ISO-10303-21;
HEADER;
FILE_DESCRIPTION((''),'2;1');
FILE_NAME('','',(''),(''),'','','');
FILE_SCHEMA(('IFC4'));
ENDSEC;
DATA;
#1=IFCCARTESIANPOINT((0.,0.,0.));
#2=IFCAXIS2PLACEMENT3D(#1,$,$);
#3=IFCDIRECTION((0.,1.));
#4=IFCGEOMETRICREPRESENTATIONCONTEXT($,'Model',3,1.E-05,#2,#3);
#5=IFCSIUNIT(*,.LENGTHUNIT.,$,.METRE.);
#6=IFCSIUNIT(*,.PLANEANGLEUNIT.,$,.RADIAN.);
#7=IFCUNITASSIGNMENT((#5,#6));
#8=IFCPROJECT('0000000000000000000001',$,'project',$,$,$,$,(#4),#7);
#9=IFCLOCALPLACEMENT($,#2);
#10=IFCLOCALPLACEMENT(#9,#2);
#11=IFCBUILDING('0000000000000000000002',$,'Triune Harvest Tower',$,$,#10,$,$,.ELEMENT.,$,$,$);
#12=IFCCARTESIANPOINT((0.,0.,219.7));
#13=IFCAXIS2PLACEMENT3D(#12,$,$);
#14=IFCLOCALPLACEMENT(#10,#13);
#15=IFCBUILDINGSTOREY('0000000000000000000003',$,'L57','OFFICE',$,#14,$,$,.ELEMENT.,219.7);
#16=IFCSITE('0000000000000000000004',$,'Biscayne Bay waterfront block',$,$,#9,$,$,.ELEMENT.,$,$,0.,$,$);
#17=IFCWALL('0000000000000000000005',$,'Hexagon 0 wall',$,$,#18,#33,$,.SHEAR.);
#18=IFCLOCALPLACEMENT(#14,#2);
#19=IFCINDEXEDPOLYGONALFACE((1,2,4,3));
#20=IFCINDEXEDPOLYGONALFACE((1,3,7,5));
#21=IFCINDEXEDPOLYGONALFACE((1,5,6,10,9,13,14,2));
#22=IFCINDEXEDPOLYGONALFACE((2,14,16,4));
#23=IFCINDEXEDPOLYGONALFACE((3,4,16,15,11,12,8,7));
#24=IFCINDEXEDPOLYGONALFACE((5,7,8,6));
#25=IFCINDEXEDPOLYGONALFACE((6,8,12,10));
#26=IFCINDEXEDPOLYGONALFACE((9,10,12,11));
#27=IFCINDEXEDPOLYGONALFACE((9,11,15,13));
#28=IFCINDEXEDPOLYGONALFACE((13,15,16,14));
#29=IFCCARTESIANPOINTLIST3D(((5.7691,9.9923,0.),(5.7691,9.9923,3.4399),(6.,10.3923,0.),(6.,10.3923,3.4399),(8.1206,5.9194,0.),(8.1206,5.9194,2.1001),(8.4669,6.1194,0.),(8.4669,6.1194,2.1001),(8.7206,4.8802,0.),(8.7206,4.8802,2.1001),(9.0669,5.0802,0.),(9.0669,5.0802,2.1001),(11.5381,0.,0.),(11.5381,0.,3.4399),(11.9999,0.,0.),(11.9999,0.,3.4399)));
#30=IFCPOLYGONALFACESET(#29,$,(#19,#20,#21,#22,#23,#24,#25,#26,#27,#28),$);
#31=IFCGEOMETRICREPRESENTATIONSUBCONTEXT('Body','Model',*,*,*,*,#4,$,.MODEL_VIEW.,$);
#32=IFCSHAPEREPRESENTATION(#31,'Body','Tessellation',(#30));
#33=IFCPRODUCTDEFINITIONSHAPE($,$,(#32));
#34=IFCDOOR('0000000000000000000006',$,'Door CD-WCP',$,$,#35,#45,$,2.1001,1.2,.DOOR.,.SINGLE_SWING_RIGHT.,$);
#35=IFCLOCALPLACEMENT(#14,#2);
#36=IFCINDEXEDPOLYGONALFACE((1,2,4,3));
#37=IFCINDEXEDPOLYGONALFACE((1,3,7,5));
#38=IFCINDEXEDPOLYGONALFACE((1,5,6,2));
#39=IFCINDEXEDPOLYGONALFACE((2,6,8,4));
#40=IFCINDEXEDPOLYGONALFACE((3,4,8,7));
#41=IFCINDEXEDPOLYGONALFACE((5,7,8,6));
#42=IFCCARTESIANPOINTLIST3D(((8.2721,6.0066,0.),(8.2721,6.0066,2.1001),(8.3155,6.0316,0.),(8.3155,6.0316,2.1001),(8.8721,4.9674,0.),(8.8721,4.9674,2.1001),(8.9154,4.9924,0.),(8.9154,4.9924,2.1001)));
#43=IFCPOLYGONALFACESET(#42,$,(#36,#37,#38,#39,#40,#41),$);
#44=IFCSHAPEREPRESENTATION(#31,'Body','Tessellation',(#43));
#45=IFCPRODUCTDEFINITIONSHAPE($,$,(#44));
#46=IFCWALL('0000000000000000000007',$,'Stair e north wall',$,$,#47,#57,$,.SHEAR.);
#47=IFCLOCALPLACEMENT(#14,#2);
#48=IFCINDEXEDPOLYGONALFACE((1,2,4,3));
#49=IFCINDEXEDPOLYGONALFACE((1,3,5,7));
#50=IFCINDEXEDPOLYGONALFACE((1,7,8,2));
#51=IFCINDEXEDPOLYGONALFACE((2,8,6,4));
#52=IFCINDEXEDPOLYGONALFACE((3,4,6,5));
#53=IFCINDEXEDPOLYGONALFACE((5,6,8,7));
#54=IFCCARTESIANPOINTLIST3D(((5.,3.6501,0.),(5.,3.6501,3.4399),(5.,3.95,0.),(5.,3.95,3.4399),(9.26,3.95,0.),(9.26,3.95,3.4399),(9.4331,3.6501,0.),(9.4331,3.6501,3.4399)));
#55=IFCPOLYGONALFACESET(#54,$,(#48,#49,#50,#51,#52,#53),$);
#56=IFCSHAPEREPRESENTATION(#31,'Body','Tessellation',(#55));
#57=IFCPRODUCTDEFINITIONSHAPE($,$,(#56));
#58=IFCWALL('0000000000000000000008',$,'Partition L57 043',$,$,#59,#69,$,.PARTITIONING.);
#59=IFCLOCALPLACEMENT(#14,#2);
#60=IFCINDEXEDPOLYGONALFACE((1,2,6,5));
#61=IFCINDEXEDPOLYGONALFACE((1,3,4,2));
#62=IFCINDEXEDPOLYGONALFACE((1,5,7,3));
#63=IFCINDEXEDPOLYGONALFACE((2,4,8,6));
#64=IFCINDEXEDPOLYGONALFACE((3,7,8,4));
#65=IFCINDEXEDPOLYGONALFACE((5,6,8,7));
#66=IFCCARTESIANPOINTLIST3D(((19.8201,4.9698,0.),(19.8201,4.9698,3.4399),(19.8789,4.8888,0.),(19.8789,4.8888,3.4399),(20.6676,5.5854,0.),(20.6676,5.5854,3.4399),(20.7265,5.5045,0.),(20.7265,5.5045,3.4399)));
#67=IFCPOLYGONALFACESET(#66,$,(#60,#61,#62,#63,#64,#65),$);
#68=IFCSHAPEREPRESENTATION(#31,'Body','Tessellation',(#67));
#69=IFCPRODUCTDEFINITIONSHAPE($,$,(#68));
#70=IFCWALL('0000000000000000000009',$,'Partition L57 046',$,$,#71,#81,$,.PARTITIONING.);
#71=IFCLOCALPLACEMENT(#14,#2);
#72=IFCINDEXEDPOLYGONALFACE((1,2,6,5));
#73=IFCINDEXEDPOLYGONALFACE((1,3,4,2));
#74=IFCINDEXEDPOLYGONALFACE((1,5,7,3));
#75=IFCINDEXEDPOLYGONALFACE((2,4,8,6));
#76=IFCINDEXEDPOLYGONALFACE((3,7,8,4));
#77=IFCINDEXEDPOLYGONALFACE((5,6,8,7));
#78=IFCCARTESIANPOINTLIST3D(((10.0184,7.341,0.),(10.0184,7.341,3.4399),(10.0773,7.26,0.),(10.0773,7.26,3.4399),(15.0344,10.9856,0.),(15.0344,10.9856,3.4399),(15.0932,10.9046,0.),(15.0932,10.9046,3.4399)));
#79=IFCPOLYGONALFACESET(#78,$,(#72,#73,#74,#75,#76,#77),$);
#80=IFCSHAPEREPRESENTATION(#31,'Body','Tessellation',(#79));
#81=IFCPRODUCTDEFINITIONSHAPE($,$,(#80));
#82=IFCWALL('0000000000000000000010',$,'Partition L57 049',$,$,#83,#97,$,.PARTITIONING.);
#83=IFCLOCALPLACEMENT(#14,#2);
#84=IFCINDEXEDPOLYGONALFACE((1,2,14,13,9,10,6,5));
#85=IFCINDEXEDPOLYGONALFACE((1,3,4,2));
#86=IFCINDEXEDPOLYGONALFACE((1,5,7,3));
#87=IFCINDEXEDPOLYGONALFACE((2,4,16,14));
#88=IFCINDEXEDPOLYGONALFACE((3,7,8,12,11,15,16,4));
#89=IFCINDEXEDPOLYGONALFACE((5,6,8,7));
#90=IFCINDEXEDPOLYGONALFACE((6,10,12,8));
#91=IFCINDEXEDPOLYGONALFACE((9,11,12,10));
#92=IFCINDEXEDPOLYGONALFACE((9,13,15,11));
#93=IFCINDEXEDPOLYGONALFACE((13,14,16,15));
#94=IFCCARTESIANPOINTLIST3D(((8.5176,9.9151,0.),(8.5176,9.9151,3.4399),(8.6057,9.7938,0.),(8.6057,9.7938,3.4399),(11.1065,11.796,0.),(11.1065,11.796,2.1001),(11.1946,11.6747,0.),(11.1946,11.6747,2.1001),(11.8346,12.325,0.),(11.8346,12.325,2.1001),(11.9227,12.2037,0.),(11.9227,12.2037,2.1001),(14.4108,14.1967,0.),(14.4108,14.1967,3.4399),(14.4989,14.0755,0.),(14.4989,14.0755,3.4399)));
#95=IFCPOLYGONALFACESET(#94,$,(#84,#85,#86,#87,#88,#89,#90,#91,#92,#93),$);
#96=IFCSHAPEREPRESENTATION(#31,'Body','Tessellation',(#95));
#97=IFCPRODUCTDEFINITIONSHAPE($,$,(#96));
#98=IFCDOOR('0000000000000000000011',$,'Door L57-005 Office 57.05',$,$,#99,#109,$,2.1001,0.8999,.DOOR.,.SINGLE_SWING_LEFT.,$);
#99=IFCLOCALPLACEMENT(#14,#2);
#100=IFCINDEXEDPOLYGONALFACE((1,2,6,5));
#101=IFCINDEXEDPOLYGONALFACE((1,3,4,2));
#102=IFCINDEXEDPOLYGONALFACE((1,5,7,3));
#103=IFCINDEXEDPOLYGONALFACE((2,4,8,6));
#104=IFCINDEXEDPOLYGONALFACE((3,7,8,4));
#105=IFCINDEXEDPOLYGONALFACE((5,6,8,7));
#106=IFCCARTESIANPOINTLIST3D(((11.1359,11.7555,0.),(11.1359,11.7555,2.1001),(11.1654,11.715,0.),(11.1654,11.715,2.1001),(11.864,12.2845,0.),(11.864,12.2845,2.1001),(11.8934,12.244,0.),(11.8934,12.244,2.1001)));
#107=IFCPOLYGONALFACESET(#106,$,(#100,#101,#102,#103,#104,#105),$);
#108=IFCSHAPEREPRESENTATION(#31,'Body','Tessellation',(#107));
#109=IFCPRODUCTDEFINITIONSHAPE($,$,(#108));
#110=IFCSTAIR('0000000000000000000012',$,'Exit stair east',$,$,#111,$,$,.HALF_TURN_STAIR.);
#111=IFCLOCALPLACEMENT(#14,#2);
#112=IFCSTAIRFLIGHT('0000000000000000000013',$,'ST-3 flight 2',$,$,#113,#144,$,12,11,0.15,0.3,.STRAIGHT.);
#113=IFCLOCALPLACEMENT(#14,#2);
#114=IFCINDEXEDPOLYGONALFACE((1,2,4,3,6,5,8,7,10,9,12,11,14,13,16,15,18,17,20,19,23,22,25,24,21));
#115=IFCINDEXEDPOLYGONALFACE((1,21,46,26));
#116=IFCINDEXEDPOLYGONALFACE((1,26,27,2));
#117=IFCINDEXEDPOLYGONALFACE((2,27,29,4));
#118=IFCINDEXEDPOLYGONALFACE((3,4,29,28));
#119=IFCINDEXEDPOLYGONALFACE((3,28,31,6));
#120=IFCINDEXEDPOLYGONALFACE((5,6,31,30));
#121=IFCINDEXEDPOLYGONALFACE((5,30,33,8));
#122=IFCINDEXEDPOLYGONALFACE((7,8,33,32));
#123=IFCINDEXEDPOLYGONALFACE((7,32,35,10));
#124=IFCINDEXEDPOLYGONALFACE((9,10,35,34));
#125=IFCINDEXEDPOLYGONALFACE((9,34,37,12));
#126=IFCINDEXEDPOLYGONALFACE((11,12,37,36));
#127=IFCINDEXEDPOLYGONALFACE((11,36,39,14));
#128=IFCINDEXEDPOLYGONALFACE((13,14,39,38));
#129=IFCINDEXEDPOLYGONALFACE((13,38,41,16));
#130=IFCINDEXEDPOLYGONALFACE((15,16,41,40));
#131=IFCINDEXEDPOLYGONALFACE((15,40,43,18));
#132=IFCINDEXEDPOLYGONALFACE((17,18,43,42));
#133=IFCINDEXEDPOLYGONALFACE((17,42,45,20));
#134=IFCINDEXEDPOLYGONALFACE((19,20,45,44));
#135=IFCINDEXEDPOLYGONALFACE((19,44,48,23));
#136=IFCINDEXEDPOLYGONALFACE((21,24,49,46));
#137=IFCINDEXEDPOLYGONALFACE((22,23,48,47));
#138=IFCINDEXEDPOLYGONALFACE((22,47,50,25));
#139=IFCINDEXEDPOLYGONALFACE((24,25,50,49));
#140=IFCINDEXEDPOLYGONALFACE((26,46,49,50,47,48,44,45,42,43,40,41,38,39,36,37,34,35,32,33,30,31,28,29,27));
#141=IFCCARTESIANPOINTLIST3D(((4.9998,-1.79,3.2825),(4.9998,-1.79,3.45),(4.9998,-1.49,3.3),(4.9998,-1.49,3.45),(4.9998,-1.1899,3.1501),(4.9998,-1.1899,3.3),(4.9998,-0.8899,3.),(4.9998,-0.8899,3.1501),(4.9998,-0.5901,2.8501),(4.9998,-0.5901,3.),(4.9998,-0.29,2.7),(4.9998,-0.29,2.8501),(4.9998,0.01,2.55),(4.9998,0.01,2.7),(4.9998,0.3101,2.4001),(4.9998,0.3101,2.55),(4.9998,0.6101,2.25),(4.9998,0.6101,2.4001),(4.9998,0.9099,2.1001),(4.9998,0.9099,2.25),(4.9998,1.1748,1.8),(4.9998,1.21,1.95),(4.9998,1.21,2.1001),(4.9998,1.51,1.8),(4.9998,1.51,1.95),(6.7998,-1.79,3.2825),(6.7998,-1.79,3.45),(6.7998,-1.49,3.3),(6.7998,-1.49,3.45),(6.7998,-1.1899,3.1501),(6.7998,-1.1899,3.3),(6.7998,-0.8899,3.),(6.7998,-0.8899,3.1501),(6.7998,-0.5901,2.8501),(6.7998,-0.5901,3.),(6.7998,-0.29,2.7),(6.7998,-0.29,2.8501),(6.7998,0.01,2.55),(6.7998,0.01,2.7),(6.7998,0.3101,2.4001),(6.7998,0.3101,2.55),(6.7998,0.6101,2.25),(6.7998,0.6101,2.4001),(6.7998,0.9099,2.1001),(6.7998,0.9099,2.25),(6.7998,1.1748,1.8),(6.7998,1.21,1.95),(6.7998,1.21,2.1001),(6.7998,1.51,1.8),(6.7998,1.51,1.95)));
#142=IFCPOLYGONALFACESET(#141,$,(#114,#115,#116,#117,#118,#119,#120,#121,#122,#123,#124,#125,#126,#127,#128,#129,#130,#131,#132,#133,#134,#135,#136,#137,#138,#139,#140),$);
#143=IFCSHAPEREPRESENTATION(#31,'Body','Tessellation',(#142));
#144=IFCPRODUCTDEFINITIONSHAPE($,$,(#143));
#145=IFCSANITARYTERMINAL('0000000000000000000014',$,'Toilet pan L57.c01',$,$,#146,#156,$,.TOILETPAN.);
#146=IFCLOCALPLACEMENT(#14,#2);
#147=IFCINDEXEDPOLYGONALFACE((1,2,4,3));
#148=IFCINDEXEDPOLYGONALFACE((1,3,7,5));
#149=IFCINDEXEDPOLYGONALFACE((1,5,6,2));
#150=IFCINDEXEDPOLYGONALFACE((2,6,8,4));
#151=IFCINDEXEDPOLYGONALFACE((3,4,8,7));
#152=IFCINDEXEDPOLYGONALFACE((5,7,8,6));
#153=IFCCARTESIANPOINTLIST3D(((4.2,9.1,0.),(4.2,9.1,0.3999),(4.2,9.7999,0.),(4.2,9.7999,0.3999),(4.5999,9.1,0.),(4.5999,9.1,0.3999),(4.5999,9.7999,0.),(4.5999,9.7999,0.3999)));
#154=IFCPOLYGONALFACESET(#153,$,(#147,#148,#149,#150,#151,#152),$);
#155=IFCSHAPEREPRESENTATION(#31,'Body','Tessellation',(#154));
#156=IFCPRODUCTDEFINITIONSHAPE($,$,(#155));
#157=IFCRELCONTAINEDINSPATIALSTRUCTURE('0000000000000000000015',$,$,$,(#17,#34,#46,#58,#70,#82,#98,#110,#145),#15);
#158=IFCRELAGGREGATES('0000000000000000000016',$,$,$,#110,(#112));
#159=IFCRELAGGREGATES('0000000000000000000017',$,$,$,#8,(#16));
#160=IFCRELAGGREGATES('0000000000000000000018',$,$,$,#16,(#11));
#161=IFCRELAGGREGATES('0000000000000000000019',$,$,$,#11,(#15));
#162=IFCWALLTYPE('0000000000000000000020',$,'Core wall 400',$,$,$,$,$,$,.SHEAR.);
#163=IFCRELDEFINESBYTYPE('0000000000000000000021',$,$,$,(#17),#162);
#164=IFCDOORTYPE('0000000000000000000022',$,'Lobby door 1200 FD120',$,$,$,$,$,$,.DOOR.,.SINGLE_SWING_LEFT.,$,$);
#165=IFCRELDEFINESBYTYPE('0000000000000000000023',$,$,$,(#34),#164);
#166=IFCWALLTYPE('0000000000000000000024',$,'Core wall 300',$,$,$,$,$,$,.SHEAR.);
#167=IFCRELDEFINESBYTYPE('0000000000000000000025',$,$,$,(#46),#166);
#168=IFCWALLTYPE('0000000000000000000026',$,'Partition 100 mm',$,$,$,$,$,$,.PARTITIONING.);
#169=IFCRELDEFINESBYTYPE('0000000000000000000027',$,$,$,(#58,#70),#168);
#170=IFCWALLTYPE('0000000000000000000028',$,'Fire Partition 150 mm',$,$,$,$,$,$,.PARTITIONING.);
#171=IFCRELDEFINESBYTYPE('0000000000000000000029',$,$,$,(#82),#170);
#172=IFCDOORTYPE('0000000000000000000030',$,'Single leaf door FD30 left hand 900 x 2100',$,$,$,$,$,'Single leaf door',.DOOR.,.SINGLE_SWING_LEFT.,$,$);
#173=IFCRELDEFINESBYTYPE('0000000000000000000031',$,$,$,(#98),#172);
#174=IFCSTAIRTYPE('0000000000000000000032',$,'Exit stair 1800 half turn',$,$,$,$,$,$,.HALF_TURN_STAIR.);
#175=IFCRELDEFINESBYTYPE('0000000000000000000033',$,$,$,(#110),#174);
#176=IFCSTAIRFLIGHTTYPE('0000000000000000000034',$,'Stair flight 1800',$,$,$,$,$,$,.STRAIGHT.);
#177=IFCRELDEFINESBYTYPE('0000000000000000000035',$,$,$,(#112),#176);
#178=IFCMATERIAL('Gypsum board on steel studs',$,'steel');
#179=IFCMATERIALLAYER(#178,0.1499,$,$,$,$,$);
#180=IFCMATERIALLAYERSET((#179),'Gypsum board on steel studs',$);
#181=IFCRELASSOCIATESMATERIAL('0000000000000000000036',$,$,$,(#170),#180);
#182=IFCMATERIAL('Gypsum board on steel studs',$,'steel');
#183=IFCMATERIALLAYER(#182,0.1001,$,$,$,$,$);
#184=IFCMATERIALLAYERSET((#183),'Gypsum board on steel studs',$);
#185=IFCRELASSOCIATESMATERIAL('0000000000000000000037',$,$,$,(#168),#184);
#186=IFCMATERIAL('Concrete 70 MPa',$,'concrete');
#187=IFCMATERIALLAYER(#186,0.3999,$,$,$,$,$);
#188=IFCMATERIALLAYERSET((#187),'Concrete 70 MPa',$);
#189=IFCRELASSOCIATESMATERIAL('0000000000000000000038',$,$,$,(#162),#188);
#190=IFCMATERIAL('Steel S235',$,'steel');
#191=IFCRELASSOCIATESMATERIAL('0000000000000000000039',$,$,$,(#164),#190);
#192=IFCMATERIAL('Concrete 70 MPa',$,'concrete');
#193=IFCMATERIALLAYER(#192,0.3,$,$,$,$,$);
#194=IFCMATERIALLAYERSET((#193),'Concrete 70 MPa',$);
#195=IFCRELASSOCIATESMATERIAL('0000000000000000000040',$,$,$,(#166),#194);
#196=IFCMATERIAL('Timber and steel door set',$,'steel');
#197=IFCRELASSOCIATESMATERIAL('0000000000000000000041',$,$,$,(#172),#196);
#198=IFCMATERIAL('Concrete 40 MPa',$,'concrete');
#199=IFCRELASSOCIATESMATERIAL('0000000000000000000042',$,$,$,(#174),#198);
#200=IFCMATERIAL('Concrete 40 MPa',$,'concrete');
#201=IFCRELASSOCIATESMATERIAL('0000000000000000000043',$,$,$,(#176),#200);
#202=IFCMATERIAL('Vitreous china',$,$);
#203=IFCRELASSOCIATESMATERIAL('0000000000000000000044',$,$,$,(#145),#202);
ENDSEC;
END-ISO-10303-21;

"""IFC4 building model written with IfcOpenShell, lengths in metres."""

from ifc_helpers import new_model, si_unit, direction, frame, frame_2d, origin, origin_2d, place, context, subcontext, project, spatial, polyline, rectangle, outline, extrude, source, transform, mapped, material, layer, layer_set, type_object, element, fill, aggregate, save


model = new_model("IFC4")

# Units and contexts
model_context = context("Model", 3, precision=1e-05, world=origin(), true_north=direction((0.0, 1.0)))
body_context = subcontext(model_context, "Body", "Model", "MODEL_VIEW")
ifc_project = project(units=[si_unit("LENGTHUNIT", "METRE"), si_unit("PLANEANGLEUNIT", "RADIAN")], contexts=[model_context])

# Site, building, storey
site_placement = place(None, origin())
site = spatial("IfcSite", under=ifc_project, at=site_placement, Name="Biscayne Bay waterfront block", CompositionType="ELEMENT", RefElevation=0.0)
building_placement = place(site_placement, origin())
building = spatial("IfcBuilding", under=site, at=building_placement, Name="Triune Harvest Tower", CompositionType="ELEMENT")
storey_placement = place(building_placement, frame((0.0, 0.0, 219.7)))
storey = spatial("IfcBuildingStorey", under=building, at=storey_placement, Name="L57", Description="OFFICE", CompositionType="ELEMENT", Elevation=219.7)

# Shared definitions
ifc_material_1 = material(Name="Gypsum board on steel studs", Category="steel")
ifc_layer_1 = layer(ifc_material_1, 0.1499)
ifc_layer_set_1 = layer_set([ifc_layer_1], Name="Gypsum board on steel studs")
wall_type_1 = type_object("IfcWallType", Name="Fire Partition 150 mm", PredefinedType="PARTITIONING", material=ifc_layer_set_1)

# Shared definitions
ifc_material_2 = material(Name="Gypsum board on steel studs", Category="steel")
ifc_layer_2 = layer(ifc_material_2, 0.1001)
ifc_layer_set_2 = layer_set([ifc_layer_2], Name="Gypsum board on steel studs")
wall_type_2 = type_object("IfcWallType", Name="Partition 100 mm", PredefinedType="PARTITIONING", material=ifc_layer_set_2)

# Wall, opening, door
ifc_material_3 = material(Name="Concrete 70 MPa", Category="concrete")
ifc_layer_3 = layer(ifc_material_3, 0.3999)
ifc_layer_set_3 = layer_set([ifc_layer_3], Name="Concrete 70 MPa")
wall_type_3 = type_object("IfcWallType", Name="Core wall 400", PredefinedType="SHEAR", material=ifc_layer_set_3)
shared_shape_1 = source(origin(), body_context, "Body", "SweptSolid", [
    extrude(outline(polyline([(-0.1155, -0.2), (11.8845, -0.2), (11.6536, 0.2), (0.1155, 0.2), (-0.1155, -0.2)])), origin(), (0.0, 0.0, 1.0), 3.4399),
])
wall_1_placement = place(storey_placement, frame((11.769, 0.0, 0.0), z_axis=(0.0, 0.0, 1.0), x_axis=(-0.499997, 0.866027, 0.0)))
wall_1 = element("IfcWall", 1, at=wall_1_placement, inside=storey, type_object=wall_type_3, Name="Hexagon 0 wall", PredefinedType="SHEAR", context=body_context, shape_type="MappedRepresentation", body=[
    mapped(shared_shape_1, transform((0.0, 0.0, 0.0), scale=1.0)),
])
opening_1_placement = place(wall_1_placement, frame((5.7505, 0.0, 0.0)))
opening_1 = element("IfcOpeningElement", 2, at=opening_1_placement, cuts=wall_1, PredefinedType="OPENING", context=body_context, shape_type="SweptSolid", body=[
    extrude(rectangle(XDim=1.2, YDim=2.1001, at=frame_2d((0.6001, 1.05))), frame((0.0, 0.21, 0.0), z_axis=(0.0, -1.0, 0.0), x_axis=(1.0, 0.0, 0.0)), (0.0, 0.0, 1.0), 0.4199),
])
ifc_material_4 = material(Name="Steel S235", Category="steel")
door_type_1 = type_object("IfcDoorType", Name="Lobby door 1200 FD120", OperationType="SINGLE_SWING_LEFT", PredefinedType="DOOR", material=ifc_material_4)
door_1_placement = place(opening_1_placement, frame((1.2, 0.0, 0.0), z_axis=(0.0, 0.0, 1.0), x_axis=(-1.0, 0.0, 0.0)))
door_1 = element("IfcDoor", 3, at=door_1_placement, inside=storey, type_object=door_type_1, Name="Door CD-WCP", OperationType="SINGLE_SWING_RIGHT", OverallHeight=2.1001, OverallWidth=1.2, PredefinedType="DOOR", context=body_context, shape_type="SweptSolid", body=[
    extrude(rectangle(XDim=1.2, YDim=2.1001, at=frame_2d((0.6001, 1.05))), frame((0.0, 0.0249, 0.0), z_axis=(0.0, -1.0, 0.0), x_axis=(1.0, 0.0, 0.0)), (0.0, 0.0, 1.0), 0.05),
])
fill(opening_1, door_1)

# Walls
ifc_material_5 = material(Name="Concrete 70 MPa", Category="concrete")
ifc_layer_4 = layer(ifc_material_5, 0.3)
ifc_layer_set_4 = layer_set([ifc_layer_4], Name="Concrete 70 MPa")
wall_type_4 = type_object("IfcWallType", Name="Core wall 300", PredefinedType="SHEAR", material=ifc_layer_set_4)
shared_shape_2 = source(origin(), body_context, "Body", "SweptSolid", [
    extrude(outline(polyline([(0.0, -0.1499), (0.0, 0.1499), (4.26, 0.1499), (4.4331, -0.1499), (0.0, -0.1499)])), origin(), (0.0, 0.0, 1.0), 3.4399),
])
wall_2_placement = place(storey_placement, frame((5.0, 3.8, 0.0), z_axis=(0.0, 0.0, 1.0), x_axis=(1.0, 0.0, 0.0)))
element("IfcWall", 4, at=wall_2_placement, inside=storey, type_object=wall_type_4, Name="Stair e north wall", PredefinedType="SHEAR", context=body_context, shape_type="MappedRepresentation", body=[
    mapped(shared_shape_2, transform((0.0, 0.0, 0.0), scale=1.0)),
])
shared_shape_3 = source(origin(), body_context, "Body", "SweptSolid", [
    extrude(rectangle(XDim=1.0476, YDim=0.1001, at=frame_2d((0.5239, 0.0))), origin(), (0.0, 0.0, 1.0), 3.4399),
])
wall_3_placement = place(storey_placement, frame((19.8494, 4.9292, 0.0), z_axis=(0.0, 0.0, 1.0), x_axis=(0.809079, 0.587701, 0.0)))
element("IfcWall", 5, at=wall_3_placement, inside=storey, type_object=wall_type_2, Name="Partition L57 043", PredefinedType="PARTITIONING", context=body_context, shape_type="MappedRepresentation", body=[
    mapped(shared_shape_3, transform((0.0, 0.0, 0.0), scale=1.0)),
])
shared_shape_4 = source(origin(), body_context, "Body", "SweptSolid", [
    extrude(rectangle(XDim=6.2002, YDim=0.1001, at=frame_2d((3.1001, 0.0))), origin(), (0.0, 0.0, 1.0), 3.4399),
])
wall_4_placement = place(storey_placement, frame((10.0479, 7.3005, 0.0), z_axis=(0.0, 0.0, 1.0), x_axis=(0.808995, 0.587816, 0.0)))
element("IfcWall", 6, at=wall_4_placement, inside=storey, type_object=wall_type_2, Name="Partition L57 046", PredefinedType="PARTITIONING", context=body_context, shape_type="MappedRepresentation", body=[
    mapped(shared_shape_4, transform((0.0, 0.0, 0.0), scale=1.0)),
])

# Wall, opening, door
shared_shape_5 = source(origin(), body_context, "Body", "SweptSolid", [
    extrude(rectangle(XDim=7.2844, YDim=0.1499, at=frame_2d((3.6421, 0.0))), origin(), (0.0, 0.0, 1.0), 3.4399),
])
wall_5_placement = place(storey_placement, frame((8.5618, 9.8545, 0.0), z_axis=(0.0, 0.0, 1.0), x_axis=(0.809017, 0.587785, 0.0)))
wall_5 = element("IfcWall", 7, at=wall_5_placement, inside=storey, type_object=wall_type_1, Name="Partition L57 049", PredefinedType="PARTITIONING", context=body_context, shape_type="MappedRepresentation", body=[
    mapped(shared_shape_5, transform((0.0, 0.0, 0.0), scale=1.0)),
])
opening_2_placement = place(wall_5_placement, frame((3.2, 0.0, 0.0)))
opening_2 = element("IfcOpeningElement", 8, at=opening_2_placement, cuts=wall_5, PredefinedType="OPENING", context=body_context, shape_type="SweptSolid", body=[
    extrude(rectangle(XDim=0.8999, YDim=2.1001, at=frame_2d((0.45, 1.05))), frame((0.0, 0.085, 0.0), z_axis=(0.0, -1.0, 0.0), x_axis=(1.0, 0.0, 0.0)), (0.0, 0.0, 1.0), 0.1699),
])
ifc_material_6 = material(Name="Timber and steel door set", Category="steel")
door_type_2 = type_object("IfcDoorType", Name="Single leaf door FD30 left hand 900 x 2100", ElementType="Single leaf door", OperationType="SINGLE_SWING_LEFT", PredefinedType="DOOR", material=ifc_material_6)
door_2_placement = place(opening_2_placement, origin())
door_2 = element("IfcDoor", 9, at=door_2_placement, inside=storey, type_object=door_type_2, Name="Door L57-005 Office 57.05", OperationType="SINGLE_SWING_LEFT", OverallHeight=2.1001, OverallWidth=0.8999, PredefinedType="DOOR", context=body_context, shape_type="SweptSolid", body=[
    extrude(rectangle(XDim=0.8999, YDim=2.1001, at=frame_2d((0.45, 1.05))), frame((0.0, 0.0249, 0.0), z_axis=(0.0, -1.0, 0.0), x_axis=(1.0, 0.0, 0.0)), (0.0, 0.0, 1.0), 0.05),
])
fill(opening_2, door_2)

# Stair, stair flight
ifc_material_7 = material(Name="Concrete 40 MPa", Category="concrete")
stair_type = type_object("IfcStairType", Name="Exit stair 1800 half turn", PredefinedType="HALF_TURN_STAIR", material=ifc_material_7)
stair_placement = place(storey_placement, origin())
stair = element("IfcStair", 10, at=stair_placement, inside=storey, type_object=stair_type, Name="Exit stair east", PredefinedType="HALF_TURN_STAIR")
ifc_material_8 = material(Name="Concrete 40 MPa", Category="concrete")
stair_flight_type = type_object("IfcStairFlightType", Name="Stair flight 1800", PredefinedType="STRAIGHT", material=ifc_material_8)
shared_shape_6 = source(origin(), body_context, "Body", "SweptSolid", [
    extrude(outline(polyline([(0.0, 0.0), (0.0, 0.1499), (0.3, 0.1499), (0.3, 0.3), (0.6001, 0.3), (0.6001, 0.45), (0.8999, 0.45), (0.8999, 0.6001), (1.2, 0.6001), (1.2, 0.75), (1.5, 0.75), (1.5, 0.8999), (1.8, 0.8999), (1.8, 1.05), (2.1001, 1.05), (2.1001, 1.2), (2.3999, 1.2), (2.3999, 1.3501), (2.7, 1.3501), (2.7, 1.5), (3.0, 1.5), (3.0, 1.6499), (3.3, 1.6499), (3.3, 1.8), (3.3, 1.4824), (0.3352, 0.0), (0.0, 0.0)])), frame((0.0, 0.8999, 0.0), z_axis=(0.0, -1.0, 0.0), x_axis=(1.0, 0.0, 0.0)), (0.0, 0.0, 1.0), 1.8),
])
stair_flight_placement = place(storey_placement, frame((5.8999, 1.51, 1.8), z_axis=(0.0, 0.0, 1.0), x_axis=(0.0, -1.0, 0.0)))
stair_flight = element("IfcStairFlight", 11, at=stair_flight_placement, type_object=stair_flight_type, Name="ST-3 flight 2", NumberOfRisers=12, NumberOfTreads=11, PredefinedType="STRAIGHT", RiserHeight=0.15, TreadLength=0.3, context=body_context, shape_type="MappedRepresentation", body=[
    mapped(shared_shape_6, transform((0.0, 0.0, 0.0), scale=1.0)),
])
aggregate(stair, [stair_flight])

# Sanitary terminal
ifc_material_9 = material(Name="Vitreous china")
shared_shape_7 = source(origin(), body_context, "Body", "SweptSolid", [
    extrude(rectangle(XDim=0.3999, YDim=0.7, at=origin_2d()), origin(), (0.0, 0.0, 1.0), 0.3999),
])
for number, where, z_axis, x_axis, name in (
    (12, (4.3999, 9.45, 0.0), (0.0, 0.0, 1.0), (1.0, 0.0, 0.0), "Toilet pan L57.c01"),
):
    element("IfcSanitaryTerminal", number, at=place(storey_placement, frame(where, z_axis=z_axis, x_axis=x_axis)), inside=storey, material=ifc_material_9, Name=name, PredefinedType="TOILETPAN", context=body_context, shape_type="MappedRepresentation", body=[
        mapped(shared_shape_7, transform((0.0, 0.0, 0.0), scale=1.0)),
    ])

save(model, "model.ifc")
